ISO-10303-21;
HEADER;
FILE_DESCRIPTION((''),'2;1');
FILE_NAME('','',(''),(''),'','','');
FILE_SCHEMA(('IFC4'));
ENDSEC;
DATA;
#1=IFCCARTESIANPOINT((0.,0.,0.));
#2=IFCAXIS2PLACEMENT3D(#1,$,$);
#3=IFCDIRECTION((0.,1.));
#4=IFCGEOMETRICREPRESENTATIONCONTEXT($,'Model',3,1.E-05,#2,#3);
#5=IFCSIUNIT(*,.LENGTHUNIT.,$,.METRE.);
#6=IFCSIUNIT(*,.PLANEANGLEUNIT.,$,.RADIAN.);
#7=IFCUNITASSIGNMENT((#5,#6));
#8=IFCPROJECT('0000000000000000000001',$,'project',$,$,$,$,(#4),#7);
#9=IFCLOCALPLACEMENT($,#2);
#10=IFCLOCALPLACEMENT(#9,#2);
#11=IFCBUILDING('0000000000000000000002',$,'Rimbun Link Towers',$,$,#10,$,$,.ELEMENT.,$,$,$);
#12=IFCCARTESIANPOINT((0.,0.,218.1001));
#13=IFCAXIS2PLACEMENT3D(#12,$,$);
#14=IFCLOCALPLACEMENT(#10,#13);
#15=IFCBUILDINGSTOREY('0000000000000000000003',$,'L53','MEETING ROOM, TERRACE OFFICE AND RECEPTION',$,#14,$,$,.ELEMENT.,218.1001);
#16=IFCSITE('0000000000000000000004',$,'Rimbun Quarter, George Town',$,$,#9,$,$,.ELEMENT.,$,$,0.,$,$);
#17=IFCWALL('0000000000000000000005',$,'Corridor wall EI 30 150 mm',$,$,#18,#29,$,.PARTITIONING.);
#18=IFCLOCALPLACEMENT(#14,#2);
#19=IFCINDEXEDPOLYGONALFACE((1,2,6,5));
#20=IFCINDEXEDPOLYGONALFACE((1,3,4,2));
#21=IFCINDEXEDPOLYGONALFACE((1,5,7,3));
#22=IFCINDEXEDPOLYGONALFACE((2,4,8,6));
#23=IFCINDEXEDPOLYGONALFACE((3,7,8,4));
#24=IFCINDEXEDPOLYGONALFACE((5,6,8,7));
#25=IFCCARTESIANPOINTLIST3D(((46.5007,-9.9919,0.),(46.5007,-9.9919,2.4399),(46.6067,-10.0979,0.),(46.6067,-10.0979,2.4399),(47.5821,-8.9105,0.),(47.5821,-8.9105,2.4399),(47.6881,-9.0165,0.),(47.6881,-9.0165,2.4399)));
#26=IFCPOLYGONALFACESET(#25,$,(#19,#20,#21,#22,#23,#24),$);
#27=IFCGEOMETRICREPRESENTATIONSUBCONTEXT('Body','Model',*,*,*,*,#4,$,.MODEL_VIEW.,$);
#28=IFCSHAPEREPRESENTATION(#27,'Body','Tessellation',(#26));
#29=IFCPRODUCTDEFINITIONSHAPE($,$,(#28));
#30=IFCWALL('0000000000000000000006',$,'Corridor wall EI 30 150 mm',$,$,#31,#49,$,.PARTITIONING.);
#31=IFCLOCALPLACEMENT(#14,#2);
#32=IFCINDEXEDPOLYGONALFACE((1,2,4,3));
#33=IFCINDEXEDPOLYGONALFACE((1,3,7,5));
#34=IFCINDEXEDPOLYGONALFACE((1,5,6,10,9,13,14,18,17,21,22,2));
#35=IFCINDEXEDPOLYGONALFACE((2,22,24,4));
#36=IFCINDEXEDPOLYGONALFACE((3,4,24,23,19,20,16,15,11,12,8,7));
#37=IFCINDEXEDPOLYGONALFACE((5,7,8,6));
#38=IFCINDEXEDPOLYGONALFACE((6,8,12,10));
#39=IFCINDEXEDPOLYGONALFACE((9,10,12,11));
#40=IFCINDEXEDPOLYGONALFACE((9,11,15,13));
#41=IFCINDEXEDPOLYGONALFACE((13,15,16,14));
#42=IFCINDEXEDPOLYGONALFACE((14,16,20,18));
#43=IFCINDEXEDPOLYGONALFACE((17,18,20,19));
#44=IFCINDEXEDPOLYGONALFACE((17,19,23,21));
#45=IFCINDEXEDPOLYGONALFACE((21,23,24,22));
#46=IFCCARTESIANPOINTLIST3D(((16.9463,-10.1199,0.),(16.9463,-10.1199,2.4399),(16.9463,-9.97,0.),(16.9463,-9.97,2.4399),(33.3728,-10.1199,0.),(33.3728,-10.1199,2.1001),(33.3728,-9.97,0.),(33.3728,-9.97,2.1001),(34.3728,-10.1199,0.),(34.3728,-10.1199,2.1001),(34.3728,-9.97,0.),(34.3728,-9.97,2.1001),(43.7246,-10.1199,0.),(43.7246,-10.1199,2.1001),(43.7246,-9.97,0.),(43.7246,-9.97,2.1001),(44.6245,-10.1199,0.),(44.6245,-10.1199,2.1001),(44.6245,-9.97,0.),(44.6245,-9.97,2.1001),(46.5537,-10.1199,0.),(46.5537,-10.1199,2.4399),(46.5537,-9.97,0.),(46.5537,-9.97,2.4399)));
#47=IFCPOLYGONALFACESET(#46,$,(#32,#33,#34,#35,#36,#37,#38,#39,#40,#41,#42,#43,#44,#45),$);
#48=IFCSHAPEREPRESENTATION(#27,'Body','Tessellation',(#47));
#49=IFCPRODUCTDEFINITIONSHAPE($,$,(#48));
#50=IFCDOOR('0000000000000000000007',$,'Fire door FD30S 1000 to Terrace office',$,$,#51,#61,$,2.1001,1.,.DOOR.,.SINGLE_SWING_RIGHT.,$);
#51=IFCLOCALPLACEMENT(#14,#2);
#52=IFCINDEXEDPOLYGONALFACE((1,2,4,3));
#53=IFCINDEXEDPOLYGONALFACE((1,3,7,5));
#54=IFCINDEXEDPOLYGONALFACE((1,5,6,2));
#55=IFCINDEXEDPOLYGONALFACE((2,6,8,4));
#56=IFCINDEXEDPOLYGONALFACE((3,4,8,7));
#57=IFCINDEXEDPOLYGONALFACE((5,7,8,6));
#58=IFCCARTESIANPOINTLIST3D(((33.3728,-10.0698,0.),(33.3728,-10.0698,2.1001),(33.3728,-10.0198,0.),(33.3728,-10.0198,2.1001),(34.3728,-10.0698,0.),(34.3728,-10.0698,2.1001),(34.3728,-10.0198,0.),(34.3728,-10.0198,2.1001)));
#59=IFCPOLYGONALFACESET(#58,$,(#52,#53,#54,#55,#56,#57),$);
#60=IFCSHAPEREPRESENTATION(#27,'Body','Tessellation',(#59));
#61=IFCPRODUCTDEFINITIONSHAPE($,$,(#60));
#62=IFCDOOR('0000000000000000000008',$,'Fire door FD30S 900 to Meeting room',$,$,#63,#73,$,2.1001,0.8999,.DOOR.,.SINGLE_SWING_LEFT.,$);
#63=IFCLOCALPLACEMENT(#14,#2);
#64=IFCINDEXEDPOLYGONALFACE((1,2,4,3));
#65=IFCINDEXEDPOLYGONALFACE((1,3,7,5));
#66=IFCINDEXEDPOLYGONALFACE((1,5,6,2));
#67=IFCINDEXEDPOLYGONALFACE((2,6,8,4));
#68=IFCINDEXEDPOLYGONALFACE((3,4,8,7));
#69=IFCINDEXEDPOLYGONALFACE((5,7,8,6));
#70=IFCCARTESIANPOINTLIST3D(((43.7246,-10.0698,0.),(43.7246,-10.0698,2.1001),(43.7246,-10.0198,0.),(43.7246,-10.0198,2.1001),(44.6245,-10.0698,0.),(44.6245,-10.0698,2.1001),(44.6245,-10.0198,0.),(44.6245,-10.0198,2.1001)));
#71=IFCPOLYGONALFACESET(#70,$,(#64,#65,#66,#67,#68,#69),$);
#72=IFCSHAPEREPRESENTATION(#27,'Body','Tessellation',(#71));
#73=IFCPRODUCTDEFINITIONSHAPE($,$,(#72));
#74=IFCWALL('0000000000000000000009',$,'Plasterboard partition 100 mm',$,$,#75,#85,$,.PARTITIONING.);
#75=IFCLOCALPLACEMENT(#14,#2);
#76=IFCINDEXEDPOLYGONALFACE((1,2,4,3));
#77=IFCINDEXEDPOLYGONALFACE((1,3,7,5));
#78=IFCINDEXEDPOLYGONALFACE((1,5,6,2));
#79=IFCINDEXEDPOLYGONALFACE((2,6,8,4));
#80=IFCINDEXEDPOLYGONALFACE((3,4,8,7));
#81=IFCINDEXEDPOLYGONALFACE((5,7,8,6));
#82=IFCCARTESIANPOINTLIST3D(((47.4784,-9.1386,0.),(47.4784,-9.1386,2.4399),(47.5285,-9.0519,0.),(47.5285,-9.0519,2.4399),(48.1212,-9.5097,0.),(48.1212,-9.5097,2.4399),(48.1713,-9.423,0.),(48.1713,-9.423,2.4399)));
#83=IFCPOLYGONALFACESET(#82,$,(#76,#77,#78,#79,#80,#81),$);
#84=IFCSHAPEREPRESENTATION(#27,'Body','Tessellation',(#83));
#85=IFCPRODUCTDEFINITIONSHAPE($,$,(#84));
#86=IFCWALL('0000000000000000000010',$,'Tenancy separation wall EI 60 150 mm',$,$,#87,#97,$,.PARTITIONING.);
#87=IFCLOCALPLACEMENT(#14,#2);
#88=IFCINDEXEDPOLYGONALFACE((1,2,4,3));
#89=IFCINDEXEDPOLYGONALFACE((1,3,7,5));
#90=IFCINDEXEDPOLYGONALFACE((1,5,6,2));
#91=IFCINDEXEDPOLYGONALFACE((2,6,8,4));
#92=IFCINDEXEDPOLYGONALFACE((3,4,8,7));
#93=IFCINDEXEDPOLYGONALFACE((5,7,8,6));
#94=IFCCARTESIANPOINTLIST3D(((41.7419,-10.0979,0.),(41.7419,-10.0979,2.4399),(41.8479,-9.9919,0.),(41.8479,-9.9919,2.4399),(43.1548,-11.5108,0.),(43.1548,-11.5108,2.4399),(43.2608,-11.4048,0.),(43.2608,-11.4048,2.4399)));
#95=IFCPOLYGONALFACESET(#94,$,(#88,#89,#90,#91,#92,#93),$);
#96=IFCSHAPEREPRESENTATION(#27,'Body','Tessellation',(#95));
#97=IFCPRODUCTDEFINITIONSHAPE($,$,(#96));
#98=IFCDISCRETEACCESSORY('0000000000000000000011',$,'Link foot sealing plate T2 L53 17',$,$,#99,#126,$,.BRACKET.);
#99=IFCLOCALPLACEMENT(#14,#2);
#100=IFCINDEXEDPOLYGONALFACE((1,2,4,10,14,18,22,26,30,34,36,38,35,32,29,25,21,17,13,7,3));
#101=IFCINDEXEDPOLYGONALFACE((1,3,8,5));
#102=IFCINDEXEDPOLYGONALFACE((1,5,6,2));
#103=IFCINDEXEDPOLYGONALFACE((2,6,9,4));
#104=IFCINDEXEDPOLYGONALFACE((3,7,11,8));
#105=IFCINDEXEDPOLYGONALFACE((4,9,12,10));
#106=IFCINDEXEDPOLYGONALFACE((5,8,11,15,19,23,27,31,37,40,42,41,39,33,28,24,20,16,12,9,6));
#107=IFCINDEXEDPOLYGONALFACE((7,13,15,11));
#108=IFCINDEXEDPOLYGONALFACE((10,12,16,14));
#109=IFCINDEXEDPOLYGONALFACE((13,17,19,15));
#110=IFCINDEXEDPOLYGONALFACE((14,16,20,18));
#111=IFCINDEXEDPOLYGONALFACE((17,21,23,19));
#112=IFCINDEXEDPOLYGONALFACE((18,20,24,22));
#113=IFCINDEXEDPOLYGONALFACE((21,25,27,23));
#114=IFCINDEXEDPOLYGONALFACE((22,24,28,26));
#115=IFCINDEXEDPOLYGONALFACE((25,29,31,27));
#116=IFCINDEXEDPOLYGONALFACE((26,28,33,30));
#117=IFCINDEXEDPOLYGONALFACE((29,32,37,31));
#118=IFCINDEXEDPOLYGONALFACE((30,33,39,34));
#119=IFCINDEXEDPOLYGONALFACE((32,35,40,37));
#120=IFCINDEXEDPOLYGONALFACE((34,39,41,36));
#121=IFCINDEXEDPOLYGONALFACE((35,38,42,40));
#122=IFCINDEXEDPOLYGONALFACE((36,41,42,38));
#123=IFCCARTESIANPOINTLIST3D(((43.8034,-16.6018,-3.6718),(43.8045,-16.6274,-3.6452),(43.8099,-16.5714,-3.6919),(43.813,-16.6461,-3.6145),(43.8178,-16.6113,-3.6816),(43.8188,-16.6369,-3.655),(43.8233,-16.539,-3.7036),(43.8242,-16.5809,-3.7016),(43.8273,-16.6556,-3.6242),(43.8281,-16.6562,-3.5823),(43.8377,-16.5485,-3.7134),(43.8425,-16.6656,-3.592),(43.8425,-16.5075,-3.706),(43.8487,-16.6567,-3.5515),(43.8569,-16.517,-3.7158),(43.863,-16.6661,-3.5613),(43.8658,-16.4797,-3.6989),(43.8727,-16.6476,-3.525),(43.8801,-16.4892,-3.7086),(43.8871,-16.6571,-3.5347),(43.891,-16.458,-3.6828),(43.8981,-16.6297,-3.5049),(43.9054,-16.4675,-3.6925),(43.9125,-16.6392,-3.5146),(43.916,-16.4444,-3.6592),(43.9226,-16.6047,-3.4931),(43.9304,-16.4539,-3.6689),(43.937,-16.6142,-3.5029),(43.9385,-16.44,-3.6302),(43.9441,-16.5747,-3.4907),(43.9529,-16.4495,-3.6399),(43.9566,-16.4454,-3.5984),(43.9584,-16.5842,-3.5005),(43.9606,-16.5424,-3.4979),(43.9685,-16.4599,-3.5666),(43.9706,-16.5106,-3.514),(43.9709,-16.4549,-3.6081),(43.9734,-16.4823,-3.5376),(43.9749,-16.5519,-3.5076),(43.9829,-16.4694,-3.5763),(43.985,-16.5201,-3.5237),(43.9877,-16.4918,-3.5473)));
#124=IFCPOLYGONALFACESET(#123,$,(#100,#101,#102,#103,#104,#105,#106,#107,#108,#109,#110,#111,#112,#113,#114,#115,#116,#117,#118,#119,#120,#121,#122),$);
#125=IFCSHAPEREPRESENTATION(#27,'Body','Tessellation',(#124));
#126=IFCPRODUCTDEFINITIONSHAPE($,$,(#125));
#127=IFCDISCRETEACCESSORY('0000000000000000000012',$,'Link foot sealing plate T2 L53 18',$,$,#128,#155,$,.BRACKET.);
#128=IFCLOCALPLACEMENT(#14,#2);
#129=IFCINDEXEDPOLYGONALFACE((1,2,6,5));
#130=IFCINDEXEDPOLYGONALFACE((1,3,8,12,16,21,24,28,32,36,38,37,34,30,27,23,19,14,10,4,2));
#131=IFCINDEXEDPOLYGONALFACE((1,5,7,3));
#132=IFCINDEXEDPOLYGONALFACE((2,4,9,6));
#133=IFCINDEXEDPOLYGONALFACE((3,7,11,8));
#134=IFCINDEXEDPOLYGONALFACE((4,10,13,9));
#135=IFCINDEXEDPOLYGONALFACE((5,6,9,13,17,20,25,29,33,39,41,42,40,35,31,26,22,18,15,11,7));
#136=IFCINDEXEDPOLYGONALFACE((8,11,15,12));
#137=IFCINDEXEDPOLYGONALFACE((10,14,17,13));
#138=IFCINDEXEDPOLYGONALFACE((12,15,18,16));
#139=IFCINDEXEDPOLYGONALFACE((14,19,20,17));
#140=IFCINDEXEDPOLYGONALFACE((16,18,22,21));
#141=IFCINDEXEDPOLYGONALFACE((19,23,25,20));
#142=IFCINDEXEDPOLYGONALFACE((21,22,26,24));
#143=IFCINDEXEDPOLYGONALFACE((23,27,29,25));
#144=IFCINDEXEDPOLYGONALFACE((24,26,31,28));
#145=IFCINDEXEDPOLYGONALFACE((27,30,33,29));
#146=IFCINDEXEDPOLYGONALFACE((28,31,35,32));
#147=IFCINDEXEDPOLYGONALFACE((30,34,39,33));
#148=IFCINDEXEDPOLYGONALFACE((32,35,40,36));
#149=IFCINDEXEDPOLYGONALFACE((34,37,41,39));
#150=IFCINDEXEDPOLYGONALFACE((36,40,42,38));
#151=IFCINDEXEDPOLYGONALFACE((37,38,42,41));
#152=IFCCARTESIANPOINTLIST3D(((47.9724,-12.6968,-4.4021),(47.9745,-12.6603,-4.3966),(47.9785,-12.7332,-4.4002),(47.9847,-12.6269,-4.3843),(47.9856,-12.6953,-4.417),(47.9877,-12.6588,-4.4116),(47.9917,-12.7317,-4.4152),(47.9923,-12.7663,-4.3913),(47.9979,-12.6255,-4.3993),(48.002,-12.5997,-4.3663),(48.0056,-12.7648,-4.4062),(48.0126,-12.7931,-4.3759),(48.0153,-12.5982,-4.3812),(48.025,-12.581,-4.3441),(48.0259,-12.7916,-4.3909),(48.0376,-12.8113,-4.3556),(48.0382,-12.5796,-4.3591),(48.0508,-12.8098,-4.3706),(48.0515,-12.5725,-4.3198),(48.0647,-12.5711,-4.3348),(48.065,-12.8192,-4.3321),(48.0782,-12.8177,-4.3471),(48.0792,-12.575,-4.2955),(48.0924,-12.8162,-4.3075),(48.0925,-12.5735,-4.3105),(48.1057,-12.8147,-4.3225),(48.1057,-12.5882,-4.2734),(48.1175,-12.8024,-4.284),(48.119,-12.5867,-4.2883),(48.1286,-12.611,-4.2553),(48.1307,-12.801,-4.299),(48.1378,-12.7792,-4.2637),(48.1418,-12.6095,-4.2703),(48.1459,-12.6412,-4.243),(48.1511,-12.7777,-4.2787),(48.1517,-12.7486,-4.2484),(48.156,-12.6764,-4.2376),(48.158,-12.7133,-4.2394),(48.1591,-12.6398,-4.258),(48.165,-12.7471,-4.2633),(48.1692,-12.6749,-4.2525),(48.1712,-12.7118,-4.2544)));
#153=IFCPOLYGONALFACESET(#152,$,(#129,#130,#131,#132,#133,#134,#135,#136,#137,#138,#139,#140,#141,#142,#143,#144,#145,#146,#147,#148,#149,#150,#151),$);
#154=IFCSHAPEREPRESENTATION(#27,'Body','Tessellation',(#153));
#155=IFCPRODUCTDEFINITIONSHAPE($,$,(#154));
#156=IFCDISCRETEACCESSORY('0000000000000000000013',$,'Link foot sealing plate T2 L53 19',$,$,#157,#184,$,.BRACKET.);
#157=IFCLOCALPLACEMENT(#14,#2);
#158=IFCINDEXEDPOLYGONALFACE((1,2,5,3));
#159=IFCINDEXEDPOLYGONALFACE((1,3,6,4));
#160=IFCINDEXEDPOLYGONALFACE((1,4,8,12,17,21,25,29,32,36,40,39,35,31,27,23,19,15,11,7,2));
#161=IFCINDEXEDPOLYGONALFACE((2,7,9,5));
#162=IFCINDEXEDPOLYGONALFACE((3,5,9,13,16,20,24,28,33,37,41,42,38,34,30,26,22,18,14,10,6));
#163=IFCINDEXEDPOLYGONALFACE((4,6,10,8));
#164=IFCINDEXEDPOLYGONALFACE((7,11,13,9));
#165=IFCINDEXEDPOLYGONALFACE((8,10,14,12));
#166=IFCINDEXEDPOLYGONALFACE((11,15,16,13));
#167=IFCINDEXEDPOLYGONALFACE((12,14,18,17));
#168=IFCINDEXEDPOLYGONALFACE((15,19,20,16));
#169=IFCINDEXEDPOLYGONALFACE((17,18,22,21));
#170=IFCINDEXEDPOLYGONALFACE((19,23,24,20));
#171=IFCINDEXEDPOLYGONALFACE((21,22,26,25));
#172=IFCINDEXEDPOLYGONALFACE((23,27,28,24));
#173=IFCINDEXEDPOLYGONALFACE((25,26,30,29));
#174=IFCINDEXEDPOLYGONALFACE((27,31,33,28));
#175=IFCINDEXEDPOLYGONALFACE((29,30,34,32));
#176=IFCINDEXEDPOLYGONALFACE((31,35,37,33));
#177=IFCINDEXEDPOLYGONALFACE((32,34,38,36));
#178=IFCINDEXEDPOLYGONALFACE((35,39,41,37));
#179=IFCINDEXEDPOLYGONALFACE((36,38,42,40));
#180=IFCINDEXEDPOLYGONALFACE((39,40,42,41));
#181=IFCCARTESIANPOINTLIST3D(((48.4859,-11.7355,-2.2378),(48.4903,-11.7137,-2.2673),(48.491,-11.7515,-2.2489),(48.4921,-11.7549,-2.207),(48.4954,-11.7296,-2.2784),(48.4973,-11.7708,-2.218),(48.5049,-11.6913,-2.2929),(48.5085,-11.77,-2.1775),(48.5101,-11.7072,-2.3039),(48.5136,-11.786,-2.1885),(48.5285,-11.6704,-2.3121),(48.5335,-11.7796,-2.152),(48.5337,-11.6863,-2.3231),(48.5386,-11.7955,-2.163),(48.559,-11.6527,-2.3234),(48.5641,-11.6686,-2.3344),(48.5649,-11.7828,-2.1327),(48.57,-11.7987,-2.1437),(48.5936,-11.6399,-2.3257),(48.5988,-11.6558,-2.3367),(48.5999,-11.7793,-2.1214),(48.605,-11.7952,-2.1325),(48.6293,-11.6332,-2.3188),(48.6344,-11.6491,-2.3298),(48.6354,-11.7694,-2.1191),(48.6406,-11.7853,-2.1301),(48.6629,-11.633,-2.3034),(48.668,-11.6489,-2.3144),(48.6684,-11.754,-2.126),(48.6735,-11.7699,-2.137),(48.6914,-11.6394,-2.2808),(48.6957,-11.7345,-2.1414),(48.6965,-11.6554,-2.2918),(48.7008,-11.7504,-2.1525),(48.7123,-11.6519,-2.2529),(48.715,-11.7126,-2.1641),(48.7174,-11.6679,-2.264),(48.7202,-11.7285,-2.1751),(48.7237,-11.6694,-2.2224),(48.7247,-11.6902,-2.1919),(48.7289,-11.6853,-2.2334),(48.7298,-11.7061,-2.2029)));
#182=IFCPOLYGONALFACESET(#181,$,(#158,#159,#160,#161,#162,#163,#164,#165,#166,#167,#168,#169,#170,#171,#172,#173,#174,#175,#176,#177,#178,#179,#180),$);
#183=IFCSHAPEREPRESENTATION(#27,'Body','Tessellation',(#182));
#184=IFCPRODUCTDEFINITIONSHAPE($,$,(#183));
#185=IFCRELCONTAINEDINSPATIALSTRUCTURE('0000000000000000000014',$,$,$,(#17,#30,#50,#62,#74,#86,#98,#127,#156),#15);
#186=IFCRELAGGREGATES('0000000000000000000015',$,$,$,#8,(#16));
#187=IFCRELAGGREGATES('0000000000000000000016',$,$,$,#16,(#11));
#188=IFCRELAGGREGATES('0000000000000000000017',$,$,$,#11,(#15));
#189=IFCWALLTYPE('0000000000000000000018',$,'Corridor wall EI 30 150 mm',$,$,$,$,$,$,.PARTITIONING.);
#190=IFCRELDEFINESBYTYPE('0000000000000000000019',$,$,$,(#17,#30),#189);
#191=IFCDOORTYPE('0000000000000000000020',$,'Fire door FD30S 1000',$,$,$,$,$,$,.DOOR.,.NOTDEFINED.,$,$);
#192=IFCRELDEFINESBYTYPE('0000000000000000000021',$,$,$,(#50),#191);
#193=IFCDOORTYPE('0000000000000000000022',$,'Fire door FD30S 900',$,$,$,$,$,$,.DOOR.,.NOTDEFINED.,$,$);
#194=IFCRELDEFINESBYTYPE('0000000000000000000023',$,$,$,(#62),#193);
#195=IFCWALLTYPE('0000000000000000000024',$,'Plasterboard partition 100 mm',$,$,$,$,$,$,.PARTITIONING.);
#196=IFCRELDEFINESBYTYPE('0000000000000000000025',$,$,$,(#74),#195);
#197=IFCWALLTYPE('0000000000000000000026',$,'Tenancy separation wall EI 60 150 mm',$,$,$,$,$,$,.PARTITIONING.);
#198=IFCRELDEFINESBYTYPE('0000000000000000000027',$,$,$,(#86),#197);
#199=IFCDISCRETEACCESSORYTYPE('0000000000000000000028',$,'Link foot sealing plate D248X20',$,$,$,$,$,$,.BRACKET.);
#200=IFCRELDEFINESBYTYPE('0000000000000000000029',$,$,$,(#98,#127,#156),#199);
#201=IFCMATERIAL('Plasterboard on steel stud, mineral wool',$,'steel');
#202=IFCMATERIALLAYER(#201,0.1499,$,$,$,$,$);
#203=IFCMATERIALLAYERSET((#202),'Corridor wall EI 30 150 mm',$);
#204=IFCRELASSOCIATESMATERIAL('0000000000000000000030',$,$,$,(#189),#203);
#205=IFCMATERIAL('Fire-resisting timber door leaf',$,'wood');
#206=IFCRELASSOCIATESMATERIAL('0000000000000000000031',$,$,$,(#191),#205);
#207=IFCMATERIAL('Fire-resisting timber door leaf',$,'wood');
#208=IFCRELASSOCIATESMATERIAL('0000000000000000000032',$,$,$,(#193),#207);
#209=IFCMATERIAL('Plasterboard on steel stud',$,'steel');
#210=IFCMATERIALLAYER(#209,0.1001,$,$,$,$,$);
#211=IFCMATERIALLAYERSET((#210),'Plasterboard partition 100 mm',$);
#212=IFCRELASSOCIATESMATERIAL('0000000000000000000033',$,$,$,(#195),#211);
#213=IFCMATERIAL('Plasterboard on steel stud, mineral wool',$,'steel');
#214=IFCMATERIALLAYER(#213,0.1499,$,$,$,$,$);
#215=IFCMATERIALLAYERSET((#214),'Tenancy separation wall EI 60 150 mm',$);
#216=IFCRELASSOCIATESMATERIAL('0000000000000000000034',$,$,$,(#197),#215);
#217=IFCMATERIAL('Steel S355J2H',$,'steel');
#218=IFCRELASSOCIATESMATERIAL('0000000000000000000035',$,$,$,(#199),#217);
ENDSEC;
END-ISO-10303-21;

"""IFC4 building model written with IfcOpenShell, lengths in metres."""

from ifc_helpers import new_model, si_unit, direction, frame, frame_2d, origin, origin_2d, place, context, subcontext, project, spatial, rectangle, circle, extrude, material, layer, layer_set, material_profile, profile_set, type_object, element, fill, save


model = new_model("IFC4")

# Units and contexts
model_context = context("Model", 3, precision=1e-05, world=origin(), true_north=direction((0.0, 1.0)))
body_context = subcontext(model_context, "Body", "Model", "MODEL_VIEW")
ifc_project = project(units=[si_unit("LENGTHUNIT", "METRE"), si_unit("PLANEANGLEUNIT", "RADIAN")], contexts=[model_context])

# Site, building, storey
site_placement = place(None, origin())
site = spatial("IfcSite", under=ifc_project, at=site_placement, Name="Rimbun Quarter, George Town", CompositionType="ELEMENT", RefElevation=0.0)
building_placement = place(site_placement, origin())
building = spatial("IfcBuilding", under=site, at=building_placement, Name="Rimbun Link Towers", CompositionType="ELEMENT")
storey_placement = place(building_placement, frame((0.0, 0.0, 218.1001)))
storey = spatial("IfcBuildingStorey", under=building, at=storey_placement, Name="L53", Description="MEETING ROOM, TERRACE OFFICE AND RECEPTION", CompositionType="ELEMENT", Elevation=218.1001)

# Wall
ifc_material_1 = material(Name="Plasterboard on steel stud, mineral wool", Category="steel")
ifc_layer_1 = layer(ifc_material_1, 0.1499)
ifc_layer_set_1 = layer_set([ifc_layer_1], Name="Corridor wall EI 30 150 mm")
wall_type_1 = type_object("IfcWallType", Name="Corridor wall EI 30 150 mm", PredefinedType="PARTITIONING", material=ifc_layer_set_1)
wall_1_placement = place(storey_placement, frame((46.5537, -10.0449, 0.0), z_axis=(0.0, 0.0, 1.0), x_axis=(0.707107, 0.707107, 0.0)))
element("IfcWall", 1, at=wall_1_placement, inside=storey, type_object=wall_type_1, Name="Corridor wall EI 30 150 mm", PredefinedType="PARTITIONING", context=body_context, shape_type="SweptSolid", body=[
    extrude(rectangle(XDim=1.5293, YDim=0.1499, at=frame_2d((0.7646, 0.0))), origin(), (0.0, 0.0, 1.0), 2.4399),
])

# Wall, openings, doors
wall_2_placement = place(storey_placement, frame((46.5537, -10.0449, 0.0), z_axis=(0.0, 0.0, 1.0), x_axis=(-1.0, 0.0, 0.0)))
wall_2 = element("IfcWall", 2, at=wall_2_placement, inside=storey, type_object=wall_type_1, Name="Corridor wall EI 30 150 mm", PredefinedType="PARTITIONING", context=body_context, shape_type="SweptSolid", body=[
    extrude(rectangle(XDim=29.6074, YDim=0.1499, at=frame_2d((14.8037, 0.0))), origin(), (0.0, 0.0, 1.0), 2.4399),
])
opening_1_placement = place(wall_2_placement, frame((1.9292, 0.0, 0.0)))
opening_1 = element("IfcOpeningElement", 3, at=opening_1_placement, cuts=wall_2, PredefinedType="OPENING", context=body_context, shape_type="SweptSolid", body=[
    extrude(rectangle(XDim=0.8999, YDim=2.1001, at=frame_2d((0.45, 1.05))), frame((0.0, 0.085, 0.0), z_axis=(0.0, -1.0, 0.0), x_axis=(1.0, 0.0, 0.0)), (0.0, 0.0, 1.0), 0.1699),
])
opening_2_placement = place(wall_2_placement, frame((12.1809, 0.0, 0.0)))
opening_2 = element("IfcOpeningElement", 4, at=opening_2_placement, cuts=wall_2, PredefinedType="OPENING", context=body_context, shape_type="SweptSolid", body=[
    extrude(rectangle(XDim=1.0, YDim=2.1001, at=frame_2d((0.5, 1.05))), frame((0.0, 0.085, 0.0), z_axis=(0.0, -1.0, 0.0), x_axis=(1.0, 0.0, 0.0)), (0.0, 0.0, 1.0), 0.1699),
])
ifc_material_2 = material(Name="Fire-resisting timber door leaf", Category="wood")
door_type_1 = type_object("IfcDoorType", Name="Fire door FD30S 1000", OperationType="NOTDEFINED", PredefinedType="DOOR", material=ifc_material_2)
door_1_placement = place(opening_2_placement, origin())
door_1 = element("IfcDoor", 5, at=door_1_placement, inside=storey, type_object=door_type_1, Name="Fire door FD30S 1000 to Terrace office", OperationType="SINGLE_SWING_RIGHT", OverallHeight=2.1001, OverallWidth=1.0, PredefinedType="DOOR", context=body_context, shape_type="SweptSolid", body=[
    extrude(rectangle(XDim=1.0, YDim=2.1001, at=frame_2d((0.5, 1.05))), frame((0.0, 0.0249, 0.0), z_axis=(0.0, -1.0, 0.0), x_axis=(1.0, 0.0, 0.0)), (0.0, 0.0, 1.0), 0.05),
])
fill(opening_2, door_1)
ifc_material_3 = material(Name="Fire-resisting timber door leaf", Category="wood")
door_type_2 = type_object("IfcDoorType", Name="Fire door FD30S 900", OperationType="NOTDEFINED", PredefinedType="DOOR", material=ifc_material_3)
door_2_placement = place(opening_1_placement, origin())
door_2 = element("IfcDoor", 6, at=door_2_placement, inside=storey, type_object=door_type_2, Name="Fire door FD30S 900 to Meeting room", OperationType="SINGLE_SWING_LEFT", OverallHeight=2.1001, OverallWidth=0.8999, PredefinedType="DOOR", context=body_context, shape_type="SweptSolid", body=[
    extrude(rectangle(XDim=0.8999, YDim=2.1001, at=frame_2d((0.45, 1.05))), frame((0.0, 0.0249, 0.0), z_axis=(0.0, -1.0, 0.0), x_axis=(1.0, 0.0, 0.0)), (0.0, 0.0, 1.0), 0.05),
])
fill(opening_1, door_2)

# Walls
ifc_material_4 = material(Name="Plasterboard on steel stud", Category="steel")
ifc_layer_2 = layer(ifc_material_4, 0.1001)
ifc_layer_set_2 = layer_set([ifc_layer_2], Name="Plasterboard partition 100 mm")
wall_type_2 = type_object("IfcWallType", Name="Plasterboard partition 100 mm", PredefinedType="PARTITIONING", material=ifc_layer_set_2)
wall_3_placement = place(storey_placement, frame((48.1462, -9.4663, 0.0), z_axis=(0.0, 0.0, 1.0), x_axis=(-0.866049, 0.49996, 0.0)))
element("IfcWall", 7, at=wall_3_placement, inside=storey, type_object=wall_type_2, Name="Plasterboard partition 100 mm", PredefinedType="PARTITIONING", context=body_context, shape_type="SweptSolid", body=[
    extrude(rectangle(XDim=0.7422, YDim=0.1001, at=frame_2d((0.3711, 0.0))), origin(), (0.0, 0.0, 1.0), 2.4399),
])
ifc_material_5 = material(Name="Plasterboard on steel stud, mineral wool", Category="steel")
ifc_layer_3 = layer(ifc_material_5, 0.1499)
ifc_layer_set_3 = layer_set([ifc_layer_3], Name="Tenancy separation wall EI 60 150 mm")
wall_type_3 = type_object("IfcWallType", Name="Tenancy separation wall EI 60 150 mm", PredefinedType="PARTITIONING", material=ifc_layer_set_3)
wall_4_placement = place(storey_placement, frame((41.7949, -10.0449, 0.0), z_axis=(0.0, 0.0, 1.0), x_axis=(0.707107, -0.707107, 0.0)))
element("IfcWall", 8, at=wall_4_placement, inside=storey, type_object=wall_type_3, Name="Tenancy separation wall EI 60 150 mm", PredefinedType="PARTITIONING", context=body_context, shape_type="SweptSolid", body=[
    extrude(rectangle(XDim=1.998, YDim=0.1499, at=frame_2d((0.999, 0.0))), origin(), (0.0, 0.0, 1.0), 2.4399),
])

# Discrete accessories
ifc_material_6 = material(Name="Steel S355J2H", Category="steel")
ifc_material_profile_1 = material_profile(ifc_material_6, circle(Radius=0.124, at=origin_2d()), Name="PL D248")
ifc_profile_set_1 = profile_set([ifc_material_profile_1], Name="Steel S355J2H")
discrete_accessory_type = type_object("IfcDiscreteAccessoryType", Name="Link foot sealing plate D248X20", PredefinedType="BRACKET", material=ifc_profile_set_1)
discrete_accessory_placement = place(storey_placement, frame((43.8882, -16.5488, -3.5984), z_axis=(0.72613, -0.479984, -0.492291), x_axis=(0.551433, 0.834219, 0.0)))
element("IfcDiscreteAccessory", 9, at=discrete_accessory_placement, inside=storey, type_object=discrete_accessory_type, Name="Link foot sealing plate T2 L53 17", PredefinedType="BRACKET", context=body_context, shape_type="SweptSolid", body=[
    extrude(circle(Radius=0.124, at=origin_2d()), origin(), (0.0, 0.0, 1.0), 0.0198),
])
for number, where, z_axis, x_axis, name in (
    (10, (48.0652, -12.6958, -4.3198), (0.661048, 0.07345, -0.74674), (-0.110432, 0.993884, 0.0), "Link foot sealing plate T2 L53 18"),
    (11, (48.6057, -11.7075, -2.2224), (0.256728, -0.794635, -0.550132), (0.951571, 0.30743, 0.0), "Link foot sealing plate T2 L53 19"),
):
    element("IfcDiscreteAccessory", number, at=place(storey_placement, frame(where, z_axis=z_axis, x_axis=x_axis)), inside=storey, type_object=discrete_accessory_type, Name=name, PredefinedType="BRACKET", context=body_context, shape_type="SweptSolid", body=[
        extrude(circle(Radius=0.124, at=origin_2d()), origin(), (0.0, 0.0, 1.0), 0.02),
    ])

save(model, "model.ifc")
